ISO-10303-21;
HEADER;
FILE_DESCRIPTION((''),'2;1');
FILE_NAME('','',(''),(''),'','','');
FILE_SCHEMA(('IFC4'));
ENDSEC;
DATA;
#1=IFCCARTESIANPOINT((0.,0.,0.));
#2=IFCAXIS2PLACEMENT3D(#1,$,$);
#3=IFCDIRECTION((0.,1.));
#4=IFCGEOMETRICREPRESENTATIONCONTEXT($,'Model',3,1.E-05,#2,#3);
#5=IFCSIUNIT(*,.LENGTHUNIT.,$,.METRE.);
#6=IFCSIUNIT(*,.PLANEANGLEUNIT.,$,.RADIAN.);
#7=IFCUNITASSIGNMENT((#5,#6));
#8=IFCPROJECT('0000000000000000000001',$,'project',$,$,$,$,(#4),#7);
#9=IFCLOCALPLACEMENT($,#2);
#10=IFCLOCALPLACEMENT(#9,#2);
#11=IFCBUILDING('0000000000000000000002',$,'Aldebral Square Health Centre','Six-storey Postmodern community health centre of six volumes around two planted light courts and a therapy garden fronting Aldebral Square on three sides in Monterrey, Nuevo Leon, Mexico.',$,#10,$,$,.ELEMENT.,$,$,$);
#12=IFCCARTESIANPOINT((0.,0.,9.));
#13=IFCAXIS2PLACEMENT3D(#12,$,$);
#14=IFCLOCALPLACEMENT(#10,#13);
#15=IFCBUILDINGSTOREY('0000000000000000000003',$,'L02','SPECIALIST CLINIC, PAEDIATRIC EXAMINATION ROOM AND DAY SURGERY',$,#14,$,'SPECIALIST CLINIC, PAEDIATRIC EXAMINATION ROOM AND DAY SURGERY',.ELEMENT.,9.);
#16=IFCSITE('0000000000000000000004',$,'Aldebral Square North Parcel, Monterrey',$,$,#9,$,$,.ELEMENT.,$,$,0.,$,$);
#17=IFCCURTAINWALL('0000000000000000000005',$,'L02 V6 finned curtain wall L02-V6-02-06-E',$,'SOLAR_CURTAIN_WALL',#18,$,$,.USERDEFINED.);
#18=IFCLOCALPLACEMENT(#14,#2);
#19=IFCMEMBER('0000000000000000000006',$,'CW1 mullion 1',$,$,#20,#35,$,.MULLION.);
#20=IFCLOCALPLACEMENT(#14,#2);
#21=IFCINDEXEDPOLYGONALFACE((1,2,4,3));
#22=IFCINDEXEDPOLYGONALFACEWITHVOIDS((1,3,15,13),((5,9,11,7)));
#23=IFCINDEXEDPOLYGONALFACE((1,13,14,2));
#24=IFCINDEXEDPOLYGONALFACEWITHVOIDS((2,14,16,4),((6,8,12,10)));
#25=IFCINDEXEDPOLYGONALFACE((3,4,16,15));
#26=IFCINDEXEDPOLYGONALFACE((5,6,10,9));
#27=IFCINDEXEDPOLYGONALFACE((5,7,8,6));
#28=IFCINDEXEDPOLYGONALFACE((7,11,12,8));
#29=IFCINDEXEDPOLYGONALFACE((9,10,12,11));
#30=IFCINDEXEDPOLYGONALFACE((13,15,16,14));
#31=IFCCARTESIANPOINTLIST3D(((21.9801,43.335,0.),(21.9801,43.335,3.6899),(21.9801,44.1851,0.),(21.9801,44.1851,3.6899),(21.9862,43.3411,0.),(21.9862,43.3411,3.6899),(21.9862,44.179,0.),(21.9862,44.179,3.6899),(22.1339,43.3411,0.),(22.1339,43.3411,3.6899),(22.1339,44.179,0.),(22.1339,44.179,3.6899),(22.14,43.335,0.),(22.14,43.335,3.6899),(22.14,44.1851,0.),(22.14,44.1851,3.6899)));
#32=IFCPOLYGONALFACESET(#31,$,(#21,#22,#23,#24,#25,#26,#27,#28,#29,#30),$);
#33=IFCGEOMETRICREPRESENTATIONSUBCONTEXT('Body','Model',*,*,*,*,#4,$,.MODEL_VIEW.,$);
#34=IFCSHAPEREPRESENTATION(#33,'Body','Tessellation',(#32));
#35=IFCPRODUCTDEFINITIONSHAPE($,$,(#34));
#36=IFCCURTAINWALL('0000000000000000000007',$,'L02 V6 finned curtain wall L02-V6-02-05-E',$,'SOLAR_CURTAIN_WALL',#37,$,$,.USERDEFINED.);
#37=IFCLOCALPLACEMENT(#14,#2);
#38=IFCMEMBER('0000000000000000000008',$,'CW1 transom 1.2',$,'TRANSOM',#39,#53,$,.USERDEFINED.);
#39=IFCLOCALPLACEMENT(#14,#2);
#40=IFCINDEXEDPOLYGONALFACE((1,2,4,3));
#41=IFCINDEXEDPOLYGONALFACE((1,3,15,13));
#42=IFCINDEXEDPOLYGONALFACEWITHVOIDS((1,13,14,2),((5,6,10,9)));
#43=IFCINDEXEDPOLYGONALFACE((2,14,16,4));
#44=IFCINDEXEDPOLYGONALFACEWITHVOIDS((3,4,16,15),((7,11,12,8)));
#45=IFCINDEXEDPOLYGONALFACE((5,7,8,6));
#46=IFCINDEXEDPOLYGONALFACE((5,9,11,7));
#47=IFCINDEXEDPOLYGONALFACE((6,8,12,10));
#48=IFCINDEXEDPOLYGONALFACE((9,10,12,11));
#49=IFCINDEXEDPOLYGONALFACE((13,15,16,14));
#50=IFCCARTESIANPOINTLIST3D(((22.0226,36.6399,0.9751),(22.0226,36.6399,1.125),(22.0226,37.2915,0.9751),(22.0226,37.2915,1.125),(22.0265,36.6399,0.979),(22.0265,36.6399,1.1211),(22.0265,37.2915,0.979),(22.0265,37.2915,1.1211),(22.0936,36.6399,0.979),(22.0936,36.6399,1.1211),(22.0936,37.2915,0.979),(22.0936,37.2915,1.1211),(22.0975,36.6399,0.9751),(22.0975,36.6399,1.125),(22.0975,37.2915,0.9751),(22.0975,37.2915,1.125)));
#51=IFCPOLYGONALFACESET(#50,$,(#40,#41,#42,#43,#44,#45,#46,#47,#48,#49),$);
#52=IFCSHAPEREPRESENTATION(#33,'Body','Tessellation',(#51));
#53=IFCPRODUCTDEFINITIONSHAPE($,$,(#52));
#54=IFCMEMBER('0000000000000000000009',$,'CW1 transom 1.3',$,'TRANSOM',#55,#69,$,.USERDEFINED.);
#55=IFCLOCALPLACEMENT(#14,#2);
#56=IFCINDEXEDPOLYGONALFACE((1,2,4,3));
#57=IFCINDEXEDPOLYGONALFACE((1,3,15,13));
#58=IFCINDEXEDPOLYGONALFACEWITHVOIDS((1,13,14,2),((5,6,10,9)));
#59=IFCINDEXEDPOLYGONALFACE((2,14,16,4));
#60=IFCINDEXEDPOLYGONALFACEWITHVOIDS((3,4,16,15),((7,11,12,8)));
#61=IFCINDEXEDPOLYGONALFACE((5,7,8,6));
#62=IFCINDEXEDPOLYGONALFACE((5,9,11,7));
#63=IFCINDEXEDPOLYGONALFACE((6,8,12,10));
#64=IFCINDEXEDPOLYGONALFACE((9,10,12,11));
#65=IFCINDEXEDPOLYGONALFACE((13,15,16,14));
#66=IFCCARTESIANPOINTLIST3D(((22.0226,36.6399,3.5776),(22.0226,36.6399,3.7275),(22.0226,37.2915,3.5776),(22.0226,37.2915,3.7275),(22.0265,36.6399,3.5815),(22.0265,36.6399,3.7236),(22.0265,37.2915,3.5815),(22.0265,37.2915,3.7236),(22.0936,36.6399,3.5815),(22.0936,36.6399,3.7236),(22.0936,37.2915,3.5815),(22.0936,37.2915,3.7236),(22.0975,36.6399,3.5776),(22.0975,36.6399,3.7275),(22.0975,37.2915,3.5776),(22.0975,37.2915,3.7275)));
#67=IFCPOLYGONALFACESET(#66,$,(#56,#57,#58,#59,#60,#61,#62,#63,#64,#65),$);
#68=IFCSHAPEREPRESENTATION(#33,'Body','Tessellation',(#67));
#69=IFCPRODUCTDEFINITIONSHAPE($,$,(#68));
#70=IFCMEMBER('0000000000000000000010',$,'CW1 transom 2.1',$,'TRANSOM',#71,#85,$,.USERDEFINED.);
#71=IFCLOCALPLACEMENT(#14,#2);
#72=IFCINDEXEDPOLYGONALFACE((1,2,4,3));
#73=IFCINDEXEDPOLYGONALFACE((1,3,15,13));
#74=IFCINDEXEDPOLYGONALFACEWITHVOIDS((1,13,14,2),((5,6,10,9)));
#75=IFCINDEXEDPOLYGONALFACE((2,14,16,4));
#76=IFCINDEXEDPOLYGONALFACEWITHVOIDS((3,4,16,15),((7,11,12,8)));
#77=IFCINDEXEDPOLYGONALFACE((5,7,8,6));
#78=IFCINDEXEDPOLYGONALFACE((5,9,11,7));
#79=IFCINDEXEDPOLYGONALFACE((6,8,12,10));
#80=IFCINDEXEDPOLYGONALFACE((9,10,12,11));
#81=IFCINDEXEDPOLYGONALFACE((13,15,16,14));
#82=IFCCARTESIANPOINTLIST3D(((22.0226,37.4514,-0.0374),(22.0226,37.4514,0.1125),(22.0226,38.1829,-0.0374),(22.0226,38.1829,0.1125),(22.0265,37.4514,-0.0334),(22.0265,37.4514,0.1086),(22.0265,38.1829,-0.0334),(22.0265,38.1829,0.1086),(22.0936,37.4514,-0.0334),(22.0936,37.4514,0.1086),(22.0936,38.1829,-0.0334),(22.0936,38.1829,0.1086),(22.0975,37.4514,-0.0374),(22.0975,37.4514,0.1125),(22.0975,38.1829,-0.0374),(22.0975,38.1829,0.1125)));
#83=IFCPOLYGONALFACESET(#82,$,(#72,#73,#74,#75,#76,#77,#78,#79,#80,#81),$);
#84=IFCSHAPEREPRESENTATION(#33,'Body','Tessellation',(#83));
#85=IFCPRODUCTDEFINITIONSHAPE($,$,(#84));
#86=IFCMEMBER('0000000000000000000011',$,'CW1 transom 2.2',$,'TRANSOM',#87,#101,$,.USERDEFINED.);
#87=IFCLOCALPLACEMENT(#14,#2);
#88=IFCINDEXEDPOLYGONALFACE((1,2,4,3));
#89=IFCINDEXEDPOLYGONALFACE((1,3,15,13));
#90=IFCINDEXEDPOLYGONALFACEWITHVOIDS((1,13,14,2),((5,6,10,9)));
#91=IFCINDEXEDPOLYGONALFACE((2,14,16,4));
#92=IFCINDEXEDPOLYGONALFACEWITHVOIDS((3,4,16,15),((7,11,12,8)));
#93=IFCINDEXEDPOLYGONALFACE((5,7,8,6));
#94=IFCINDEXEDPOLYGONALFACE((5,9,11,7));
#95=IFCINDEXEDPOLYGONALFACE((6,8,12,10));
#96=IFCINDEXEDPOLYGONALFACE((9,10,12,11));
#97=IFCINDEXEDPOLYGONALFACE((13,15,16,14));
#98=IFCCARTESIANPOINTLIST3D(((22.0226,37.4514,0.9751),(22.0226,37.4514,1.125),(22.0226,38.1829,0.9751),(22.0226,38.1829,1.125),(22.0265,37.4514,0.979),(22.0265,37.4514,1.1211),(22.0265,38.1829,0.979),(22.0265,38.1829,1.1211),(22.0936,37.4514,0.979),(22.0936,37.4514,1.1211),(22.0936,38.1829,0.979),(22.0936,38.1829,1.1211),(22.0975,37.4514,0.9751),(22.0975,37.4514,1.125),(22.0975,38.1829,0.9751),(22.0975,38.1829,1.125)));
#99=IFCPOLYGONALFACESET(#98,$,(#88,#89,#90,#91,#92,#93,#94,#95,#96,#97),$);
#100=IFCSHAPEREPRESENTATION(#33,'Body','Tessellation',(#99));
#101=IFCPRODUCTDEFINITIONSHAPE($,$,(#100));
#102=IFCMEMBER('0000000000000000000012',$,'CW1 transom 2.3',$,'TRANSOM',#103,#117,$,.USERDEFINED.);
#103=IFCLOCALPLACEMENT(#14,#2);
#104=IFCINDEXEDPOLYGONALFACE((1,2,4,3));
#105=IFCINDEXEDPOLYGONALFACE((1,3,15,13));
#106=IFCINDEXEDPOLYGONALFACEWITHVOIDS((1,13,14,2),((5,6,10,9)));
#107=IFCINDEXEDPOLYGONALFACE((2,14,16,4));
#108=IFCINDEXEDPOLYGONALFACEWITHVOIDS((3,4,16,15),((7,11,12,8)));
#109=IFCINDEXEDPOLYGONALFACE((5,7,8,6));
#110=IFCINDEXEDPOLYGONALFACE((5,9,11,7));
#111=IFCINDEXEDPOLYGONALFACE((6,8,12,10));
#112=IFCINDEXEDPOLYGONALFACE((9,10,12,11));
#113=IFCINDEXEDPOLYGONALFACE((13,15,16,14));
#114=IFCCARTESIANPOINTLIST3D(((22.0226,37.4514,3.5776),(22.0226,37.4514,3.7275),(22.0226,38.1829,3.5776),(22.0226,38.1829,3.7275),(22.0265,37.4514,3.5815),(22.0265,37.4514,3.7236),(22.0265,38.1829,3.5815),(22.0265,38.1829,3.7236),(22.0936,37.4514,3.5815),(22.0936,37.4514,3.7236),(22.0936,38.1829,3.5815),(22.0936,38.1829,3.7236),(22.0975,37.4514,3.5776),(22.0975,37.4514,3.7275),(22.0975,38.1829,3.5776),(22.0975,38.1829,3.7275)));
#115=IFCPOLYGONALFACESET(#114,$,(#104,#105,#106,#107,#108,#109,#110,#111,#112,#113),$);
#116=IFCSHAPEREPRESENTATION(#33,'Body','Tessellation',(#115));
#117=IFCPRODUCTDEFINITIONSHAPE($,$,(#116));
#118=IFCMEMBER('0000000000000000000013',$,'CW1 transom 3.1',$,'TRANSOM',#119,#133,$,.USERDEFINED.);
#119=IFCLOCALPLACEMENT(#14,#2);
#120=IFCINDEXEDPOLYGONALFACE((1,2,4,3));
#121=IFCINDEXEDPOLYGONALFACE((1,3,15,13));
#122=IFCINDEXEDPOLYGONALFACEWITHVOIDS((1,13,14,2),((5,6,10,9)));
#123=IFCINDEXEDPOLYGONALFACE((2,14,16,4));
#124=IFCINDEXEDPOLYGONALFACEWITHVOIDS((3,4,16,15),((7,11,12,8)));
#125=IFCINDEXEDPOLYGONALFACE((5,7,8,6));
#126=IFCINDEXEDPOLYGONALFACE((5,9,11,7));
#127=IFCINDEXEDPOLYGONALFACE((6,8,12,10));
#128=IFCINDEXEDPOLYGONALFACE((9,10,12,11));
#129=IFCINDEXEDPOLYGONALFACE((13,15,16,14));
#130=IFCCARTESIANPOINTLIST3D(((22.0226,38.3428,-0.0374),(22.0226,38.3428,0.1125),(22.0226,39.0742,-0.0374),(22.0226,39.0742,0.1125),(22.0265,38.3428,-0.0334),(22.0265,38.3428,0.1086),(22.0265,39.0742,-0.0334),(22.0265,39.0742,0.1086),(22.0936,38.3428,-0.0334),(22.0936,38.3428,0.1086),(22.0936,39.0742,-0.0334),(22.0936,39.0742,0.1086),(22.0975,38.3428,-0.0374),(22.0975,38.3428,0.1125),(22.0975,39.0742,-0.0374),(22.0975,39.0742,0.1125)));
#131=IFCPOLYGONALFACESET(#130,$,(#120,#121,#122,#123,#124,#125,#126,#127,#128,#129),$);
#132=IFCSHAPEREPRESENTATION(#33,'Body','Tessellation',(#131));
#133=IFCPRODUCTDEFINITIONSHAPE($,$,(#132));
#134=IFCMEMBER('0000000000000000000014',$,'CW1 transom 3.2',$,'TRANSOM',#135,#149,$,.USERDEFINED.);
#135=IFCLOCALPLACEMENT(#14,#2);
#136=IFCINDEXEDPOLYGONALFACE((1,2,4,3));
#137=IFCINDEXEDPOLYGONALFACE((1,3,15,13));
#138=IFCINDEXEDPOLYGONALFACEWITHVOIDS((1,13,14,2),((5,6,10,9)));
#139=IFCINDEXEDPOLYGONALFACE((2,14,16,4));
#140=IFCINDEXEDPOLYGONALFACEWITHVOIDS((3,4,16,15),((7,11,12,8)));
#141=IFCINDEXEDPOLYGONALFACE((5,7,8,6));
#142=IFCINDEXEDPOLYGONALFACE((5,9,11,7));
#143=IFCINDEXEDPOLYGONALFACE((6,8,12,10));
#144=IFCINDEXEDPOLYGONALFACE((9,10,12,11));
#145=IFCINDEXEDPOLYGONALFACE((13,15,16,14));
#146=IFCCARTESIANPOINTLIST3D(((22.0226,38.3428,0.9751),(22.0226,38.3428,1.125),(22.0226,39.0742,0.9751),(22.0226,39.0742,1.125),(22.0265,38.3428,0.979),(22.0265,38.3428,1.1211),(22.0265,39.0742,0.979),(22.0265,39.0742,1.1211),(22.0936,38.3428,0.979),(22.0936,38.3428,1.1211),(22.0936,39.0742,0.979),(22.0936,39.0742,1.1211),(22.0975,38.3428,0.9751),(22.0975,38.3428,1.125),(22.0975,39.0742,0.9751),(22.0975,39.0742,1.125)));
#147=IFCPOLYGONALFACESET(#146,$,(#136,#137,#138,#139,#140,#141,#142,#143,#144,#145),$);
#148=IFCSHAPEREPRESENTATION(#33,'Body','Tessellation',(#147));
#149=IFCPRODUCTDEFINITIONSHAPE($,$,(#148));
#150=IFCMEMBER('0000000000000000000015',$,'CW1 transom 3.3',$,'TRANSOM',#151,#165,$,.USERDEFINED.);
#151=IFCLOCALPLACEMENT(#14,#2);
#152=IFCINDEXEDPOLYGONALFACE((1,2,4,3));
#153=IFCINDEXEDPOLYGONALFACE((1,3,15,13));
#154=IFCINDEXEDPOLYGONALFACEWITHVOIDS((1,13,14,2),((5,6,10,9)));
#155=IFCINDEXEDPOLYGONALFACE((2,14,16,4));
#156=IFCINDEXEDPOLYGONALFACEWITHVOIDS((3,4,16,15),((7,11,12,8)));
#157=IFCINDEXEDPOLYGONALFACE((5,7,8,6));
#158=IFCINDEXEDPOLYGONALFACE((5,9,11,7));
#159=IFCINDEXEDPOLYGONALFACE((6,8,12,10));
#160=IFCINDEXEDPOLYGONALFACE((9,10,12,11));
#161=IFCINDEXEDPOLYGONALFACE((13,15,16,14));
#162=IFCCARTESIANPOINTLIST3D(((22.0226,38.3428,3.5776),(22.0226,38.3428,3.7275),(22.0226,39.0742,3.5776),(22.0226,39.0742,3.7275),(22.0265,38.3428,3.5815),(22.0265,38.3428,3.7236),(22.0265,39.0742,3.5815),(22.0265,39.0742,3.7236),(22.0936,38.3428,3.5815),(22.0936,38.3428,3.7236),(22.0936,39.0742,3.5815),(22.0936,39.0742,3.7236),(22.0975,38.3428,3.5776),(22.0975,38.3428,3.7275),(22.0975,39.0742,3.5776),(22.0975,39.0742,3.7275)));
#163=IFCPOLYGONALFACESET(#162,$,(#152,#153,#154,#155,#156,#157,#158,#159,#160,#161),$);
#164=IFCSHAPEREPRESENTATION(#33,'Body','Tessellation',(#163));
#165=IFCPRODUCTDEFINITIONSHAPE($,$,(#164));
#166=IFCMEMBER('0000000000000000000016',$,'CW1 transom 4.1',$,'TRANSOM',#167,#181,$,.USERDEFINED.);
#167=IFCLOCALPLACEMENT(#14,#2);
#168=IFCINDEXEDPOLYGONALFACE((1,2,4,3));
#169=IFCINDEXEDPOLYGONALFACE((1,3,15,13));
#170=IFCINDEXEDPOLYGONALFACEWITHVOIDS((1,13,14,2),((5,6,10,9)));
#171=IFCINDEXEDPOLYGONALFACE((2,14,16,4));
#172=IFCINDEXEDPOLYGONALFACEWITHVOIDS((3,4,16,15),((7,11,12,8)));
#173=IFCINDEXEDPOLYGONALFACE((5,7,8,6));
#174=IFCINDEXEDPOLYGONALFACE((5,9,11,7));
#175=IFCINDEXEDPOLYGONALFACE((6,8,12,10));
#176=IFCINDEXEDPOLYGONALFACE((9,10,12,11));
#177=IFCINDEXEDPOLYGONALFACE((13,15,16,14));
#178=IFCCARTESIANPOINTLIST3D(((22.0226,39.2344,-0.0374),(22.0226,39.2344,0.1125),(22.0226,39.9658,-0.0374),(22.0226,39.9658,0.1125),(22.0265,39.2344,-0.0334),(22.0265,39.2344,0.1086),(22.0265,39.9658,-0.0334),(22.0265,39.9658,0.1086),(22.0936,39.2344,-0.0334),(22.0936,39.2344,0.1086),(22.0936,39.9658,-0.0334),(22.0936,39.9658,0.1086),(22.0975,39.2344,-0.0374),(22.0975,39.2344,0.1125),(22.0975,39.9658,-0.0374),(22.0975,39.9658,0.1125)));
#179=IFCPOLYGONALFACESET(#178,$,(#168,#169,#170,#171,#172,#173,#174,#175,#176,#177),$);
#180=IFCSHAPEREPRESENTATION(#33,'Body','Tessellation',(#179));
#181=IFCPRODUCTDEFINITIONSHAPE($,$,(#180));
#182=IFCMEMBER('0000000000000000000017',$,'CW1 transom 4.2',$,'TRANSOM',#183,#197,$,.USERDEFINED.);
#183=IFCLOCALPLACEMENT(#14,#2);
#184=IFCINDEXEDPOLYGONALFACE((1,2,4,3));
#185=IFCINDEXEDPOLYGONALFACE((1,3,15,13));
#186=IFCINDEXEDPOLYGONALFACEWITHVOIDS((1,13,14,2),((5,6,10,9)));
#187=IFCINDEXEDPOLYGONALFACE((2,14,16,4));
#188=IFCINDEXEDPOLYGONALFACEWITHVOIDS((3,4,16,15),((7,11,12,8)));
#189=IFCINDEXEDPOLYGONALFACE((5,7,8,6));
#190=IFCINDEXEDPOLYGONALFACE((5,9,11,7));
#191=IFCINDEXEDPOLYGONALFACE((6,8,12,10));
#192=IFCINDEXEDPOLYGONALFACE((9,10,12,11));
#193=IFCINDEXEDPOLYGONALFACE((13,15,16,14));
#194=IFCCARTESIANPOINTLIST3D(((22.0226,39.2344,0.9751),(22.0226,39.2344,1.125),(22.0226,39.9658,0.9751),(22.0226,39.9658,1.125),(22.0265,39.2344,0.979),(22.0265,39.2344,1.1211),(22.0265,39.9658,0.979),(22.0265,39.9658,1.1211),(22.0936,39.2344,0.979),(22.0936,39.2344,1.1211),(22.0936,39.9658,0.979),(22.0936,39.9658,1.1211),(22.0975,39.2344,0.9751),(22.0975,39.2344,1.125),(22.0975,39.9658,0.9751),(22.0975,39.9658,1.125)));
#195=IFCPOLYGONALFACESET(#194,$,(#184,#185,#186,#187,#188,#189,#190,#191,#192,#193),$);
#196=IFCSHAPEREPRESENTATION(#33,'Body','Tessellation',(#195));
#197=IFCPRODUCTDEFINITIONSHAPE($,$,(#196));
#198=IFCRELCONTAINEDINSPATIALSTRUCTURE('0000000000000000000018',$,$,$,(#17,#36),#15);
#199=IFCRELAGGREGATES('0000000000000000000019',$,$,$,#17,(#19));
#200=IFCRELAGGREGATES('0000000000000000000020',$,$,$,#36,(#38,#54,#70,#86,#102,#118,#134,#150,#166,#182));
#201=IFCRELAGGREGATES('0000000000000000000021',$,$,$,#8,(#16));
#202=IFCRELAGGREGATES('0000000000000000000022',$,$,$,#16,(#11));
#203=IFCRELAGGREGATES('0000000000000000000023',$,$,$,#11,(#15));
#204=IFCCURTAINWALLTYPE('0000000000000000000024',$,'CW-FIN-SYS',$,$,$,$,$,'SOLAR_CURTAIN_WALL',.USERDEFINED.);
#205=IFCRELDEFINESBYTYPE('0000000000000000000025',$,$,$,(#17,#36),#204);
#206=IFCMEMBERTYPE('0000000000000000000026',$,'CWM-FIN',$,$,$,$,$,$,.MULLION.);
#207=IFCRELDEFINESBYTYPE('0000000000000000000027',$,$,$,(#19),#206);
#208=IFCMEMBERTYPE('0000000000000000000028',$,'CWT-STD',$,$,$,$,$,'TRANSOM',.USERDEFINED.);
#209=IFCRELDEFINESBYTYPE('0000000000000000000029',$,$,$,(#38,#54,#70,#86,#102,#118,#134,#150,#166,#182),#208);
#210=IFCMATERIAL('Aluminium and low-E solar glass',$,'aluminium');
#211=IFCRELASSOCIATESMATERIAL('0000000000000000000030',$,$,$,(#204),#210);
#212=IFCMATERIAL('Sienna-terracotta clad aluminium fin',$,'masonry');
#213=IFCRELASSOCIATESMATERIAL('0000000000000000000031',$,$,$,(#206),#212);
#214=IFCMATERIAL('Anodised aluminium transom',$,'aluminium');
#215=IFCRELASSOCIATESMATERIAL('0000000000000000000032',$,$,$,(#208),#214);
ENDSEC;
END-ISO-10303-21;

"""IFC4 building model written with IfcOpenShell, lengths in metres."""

from ifc_helpers import new_model, si_unit, direction, frame, origin, origin_2d, place, context, subcontext, project, spatial, hollow_rectangle, extrude, material, material_profile, profile_set, type_object, element, aggregate, save


model = new_model("IFC4")

# Units and contexts
model_context = context("Model", 3, precision=1e-05, world=origin(), true_north=direction((0.0, 1.0)))
body_context = subcontext(model_context, "Body", "Model", "MODEL_VIEW")
ifc_project = project(units=[si_unit("LENGTHUNIT", "METRE"), si_unit("PLANEANGLEUNIT", "RADIAN")], contexts=[model_context])

# Site, building, storey
site_placement = place(None, origin())
site = spatial("IfcSite", under=ifc_project, at=site_placement, Name="Aldebral Square North Parcel, Monterrey", CompositionType="ELEMENT", RefElevation=0.0)
building_placement = place(site_placement, origin())
building = spatial("IfcBuilding", under=site, at=building_placement, Name="Aldebral Square Health Centre", Description="Six-storey Postmodern community health centre of six volumes around two planted light courts and a therapy garden fronting Aldebral Square on three sides in Monterrey, Nuevo Leon, Mexico.", CompositionType="ELEMENT")
storey_placement = place(building_placement, frame((0.0, 0.0, 9.0)))
storey = spatial("IfcBuildingStorey", under=building, at=storey_placement, Name="L02", Description="SPECIALIST CLINIC, PAEDIATRIC EXAMINATION ROOM AND DAY SURGERY", LongName="SPECIALIST CLINIC, PAEDIATRIC EXAMINATION ROOM AND DAY SURGERY", CompositionType="ELEMENT", Elevation=9.0)

# Curtain wall, member
ifc_material_1 = material(Name="Aluminium and low-E solar glass", Category="aluminium")
curtain_wall_type = type_object("IfcCurtainWallType", Name="CW-FIN-SYS", ElementType="SOLAR_CURTAIN_WALL", PredefinedType="USERDEFINED", material=ifc_material_1)
curtain_wall_1_placement = place(storey_placement, origin())
curtain_wall_1 = element("IfcCurtainWall", 1, at=curtain_wall_1_placement, inside=storey, type_object=curtain_wall_type, Name="L02 V6 finned curtain wall L02-V6-02-06-E", ObjectType="SOLAR_CURTAIN_WALL", PredefinedType="USERDEFINED")
ifc_material_2 = material(Name="Sienna-terracotta clad aluminium fin", Category="masonry")
ifc_material_profile_1 = material_profile(ifc_material_2, hollow_rectangle(XDim=0.1599, YDim=0.8501, WallThickness=0.0061, at=origin_2d()), Name="FIN 160x850x6")
ifc_profile_set_1 = profile_set([ifc_material_profile_1], Name="Sienna-terracotta clad aluminium fin")
member_type_1 = type_object("IfcMemberType", Name="CWM-FIN", PredefinedType="MULLION", material=ifc_profile_set_1)
member_1_placement = place(storey_placement, frame((22.0601, 43.76, 0.0), z_axis=(0.0, 0.0, 1.0), x_axis=(-1.0, 0.0, 0.0)))
member_1 = element("IfcMember", 2, at=member_1_placement, type_object=member_type_1, Name="CW1 mullion 1", PredefinedType="MULLION", context=body_context, shape_type="SweptSolid", body=[
    extrude(hollow_rectangle(XDim=0.1599, YDim=0.8501, WallThickness=0.0061, at=origin_2d()), origin(), (0.0, 0.0, 1.0), 3.6899),
])
aggregate(curtain_wall_1, [member_1])

# Curtain wall, members
curtain_wall_2_placement = place(storey_placement, origin())
curtain_wall_2 = element("IfcCurtainWall", 3, at=curtain_wall_2_placement, inside=storey, type_object=curtain_wall_type, Name="L02 V6 finned curtain wall L02-V6-02-05-E", ObjectType="SOLAR_CURTAIN_WALL", PredefinedType="USERDEFINED")
ifc_material_3 = material(Name="Anodised aluminium transom", Category="aluminium")
ifc_material_profile_2 = material_profile(ifc_material_3, hollow_rectangle(XDim=0.075, YDim=0.1499, WallThickness=0.0039, at=origin_2d()), Name="CWT 75x150x4")
ifc_profile_set_2 = profile_set([ifc_material_profile_2], Name="Anodised aluminium transom")
member_type_2 = type_object("IfcMemberType", Name="CWT-STD", ElementType="TRANSOM", PredefinedType="USERDEFINED", material=ifc_profile_set_2)
member_2_placement = place(storey_placement, frame((22.0601, 36.6399, 1.05), z_axis=(0.0, 1.0, 0.0), x_axis=(-1.0, 0.0, 0.0)))
member_2 = element("IfcMember", 4, at=member_2_placement, type_object=member_type_2, Name="CW1 transom 1.2", ObjectType="TRANSOM", PredefinedType="USERDEFINED", context=body_context, shape_type="SweptSolid", body=[
    extrude(hollow_rectangle(XDim=0.075, YDim=0.1499, WallThickness=0.0039, at=origin_2d()), origin(), (0.0, 0.0, 1.0), 0.6516),
])
member_3_placement = place(storey_placement, frame((22.0601, 36.6399, 3.6526), z_axis=(0.0, 1.0, 0.0), x_axis=(-1.0, 0.0, 0.0)))
member_3 = element("IfcMember", 5, at=member_3_placement, type_object=member_type_2, Name="CW1 transom 1.3", ObjectType="TRANSOM", PredefinedType="USERDEFINED", context=body_context, shape_type="SweptSolid", body=[
    extrude(hollow_rectangle(XDim=0.075, YDim=0.1499, WallThickness=0.0039, at=origin_2d()), origin(), (0.0, 0.0, 1.0), 0.6516),
])
member_4_placement = place(storey_placement, frame((22.0601, 37.4514, 0.0376), z_axis=(0.0, 1.0, 0.0), x_axis=(-1.0, 0.0, 0.0)))
member_4 = element("IfcMember", 6, at=member_4_placement, type_object=member_type_2, Name="CW1 transom 2.1", ObjectType="TRANSOM", PredefinedType="USERDEFINED", context=body_context, shape_type="SweptSolid", body=[
    extrude(hollow_rectangle(XDim=0.075, YDim=0.1499, WallThickness=0.0039, at=origin_2d()), origin(), (0.0, 0.0, 1.0), 0.7314),
])
member_5_placement = place(storey_placement, frame((22.0601, 37.4514, 1.05), z_axis=(0.0, 1.0, 0.0), x_axis=(-1.0, 0.0, 0.0)))
member_5 = element("IfcMember", 7, at=member_5_placement, type_object=member_type_2, Name="CW1 transom 2.2", ObjectType="TRANSOM", PredefinedType="USERDEFINED", context=body_context, shape_type="SweptSolid", body=[
    extrude(hollow_rectangle(XDim=0.075, YDim=0.1499, WallThickness=0.0039, at=origin_2d()), origin(), (0.0, 0.0, 1.0), 0.7314),
])
member_6_placement = place(storey_placement, frame((22.0601, 37.4514, 3.6526), z_axis=(0.0, 1.0, 0.0), x_axis=(-1.0, 0.0, 0.0)))
member_6 = element("IfcMember", 8, at=member_6_placement, type_object=member_type_2, Name="CW1 transom 2.3", ObjectType="TRANSOM", PredefinedType="USERDEFINED", context=body_context, shape_type="SweptSolid", body=[
    extrude(hollow_rectangle(XDim=0.075, YDim=0.1499, WallThickness=0.0039, at=origin_2d()), origin(), (0.0, 0.0, 1.0), 0.7314),
])
member_7_placement = place(storey_placement, frame((22.0601, 38.3428, 0.0376), z_axis=(0.0, 1.0, 0.0), x_axis=(-1.0, 0.0, 0.0)))
member_7 = element("IfcMember", 9, at=member_7_placement, type_object=member_type_2, Name="CW1 transom 3.1", ObjectType="TRANSOM", PredefinedType="USERDEFINED", context=body_context, shape_type="SweptSolid", body=[
    extrude(hollow_rectangle(XDim=0.075, YDim=0.1499, WallThickness=0.0039, at=origin_2d()), origin(), (0.0, 0.0, 1.0), 0.7314),
])
member_8_placement = place(storey_placement, frame((22.0601, 38.3428, 1.05), z_axis=(0.0, 1.0, 0.0), x_axis=(-1.0, 0.0, 0.0)))
member_8 = element("IfcMember", 10, at=member_8_placement, type_object=member_type_2, Name="CW1 transom 3.2", ObjectType="TRANSOM", PredefinedType="USERDEFINED", context=body_context, shape_type="SweptSolid", body=[
    extrude(hollow_rectangle(XDim=0.075, YDim=0.1499, WallThickness=0.0039, at=origin_2d()), origin(), (0.0, 0.0, 1.0), 0.7314),
])
member_9_placement = place(storey_placement, frame((22.0601, 38.3428, 3.6526), z_axis=(0.0, 1.0, 0.0), x_axis=(-1.0, 0.0, 0.0)))
member_9 = element("IfcMember", 11, at=member_9_placement, type_object=member_type_2, Name="CW1 transom 3.3", ObjectType="TRANSOM", PredefinedType="USERDEFINED", context=body_context, shape_type="SweptSolid", body=[
    extrude(hollow_rectangle(XDim=0.075, YDim=0.1499, WallThickness=0.0039, at=origin_2d()), origin(), (0.0, 0.0, 1.0), 0.7314),
])
member_10_placement = place(storey_placement, frame((22.0601, 39.2344, 0.0376), z_axis=(0.0, 1.0, 0.0), x_axis=(-1.0, 0.0, 0.0)))
member_10 = element("IfcMember", 12, at=member_10_placement, type_object=member_type_2, Name="CW1 transom 4.1", ObjectType="TRANSOM", PredefinedType="USERDEFINED", context=body_context, shape_type="SweptSolid", body=[
    extrude(hollow_rectangle(XDim=0.075, YDim=0.1499, WallThickness=0.0039, at=origin_2d()), origin(), (0.0, 0.0, 1.0), 0.7314),
])
member_11_placement = place(storey_placement, frame((22.0601, 39.2344, 1.05), z_axis=(0.0, 1.0, 0.0), x_axis=(-1.0, 0.0, 0.0)))
member_11 = element("IfcMember", 13, at=member_11_placement, type_object=member_type_2, Name="CW1 transom 4.2", ObjectType="TRANSOM", PredefinedType="USERDEFINED", context=body_context, shape_type="SweptSolid", body=[
    extrude(hollow_rectangle(XDim=0.075, YDim=0.1499, WallThickness=0.0039, at=origin_2d()), origin(), (0.0, 0.0, 1.0), 0.7314),
])
aggregate(curtain_wall_2, [member_2, member_3, member_4, member_5, member_6, member_7, member_8, member_9, member_10, member_11])

save(model, "model.ifc")
